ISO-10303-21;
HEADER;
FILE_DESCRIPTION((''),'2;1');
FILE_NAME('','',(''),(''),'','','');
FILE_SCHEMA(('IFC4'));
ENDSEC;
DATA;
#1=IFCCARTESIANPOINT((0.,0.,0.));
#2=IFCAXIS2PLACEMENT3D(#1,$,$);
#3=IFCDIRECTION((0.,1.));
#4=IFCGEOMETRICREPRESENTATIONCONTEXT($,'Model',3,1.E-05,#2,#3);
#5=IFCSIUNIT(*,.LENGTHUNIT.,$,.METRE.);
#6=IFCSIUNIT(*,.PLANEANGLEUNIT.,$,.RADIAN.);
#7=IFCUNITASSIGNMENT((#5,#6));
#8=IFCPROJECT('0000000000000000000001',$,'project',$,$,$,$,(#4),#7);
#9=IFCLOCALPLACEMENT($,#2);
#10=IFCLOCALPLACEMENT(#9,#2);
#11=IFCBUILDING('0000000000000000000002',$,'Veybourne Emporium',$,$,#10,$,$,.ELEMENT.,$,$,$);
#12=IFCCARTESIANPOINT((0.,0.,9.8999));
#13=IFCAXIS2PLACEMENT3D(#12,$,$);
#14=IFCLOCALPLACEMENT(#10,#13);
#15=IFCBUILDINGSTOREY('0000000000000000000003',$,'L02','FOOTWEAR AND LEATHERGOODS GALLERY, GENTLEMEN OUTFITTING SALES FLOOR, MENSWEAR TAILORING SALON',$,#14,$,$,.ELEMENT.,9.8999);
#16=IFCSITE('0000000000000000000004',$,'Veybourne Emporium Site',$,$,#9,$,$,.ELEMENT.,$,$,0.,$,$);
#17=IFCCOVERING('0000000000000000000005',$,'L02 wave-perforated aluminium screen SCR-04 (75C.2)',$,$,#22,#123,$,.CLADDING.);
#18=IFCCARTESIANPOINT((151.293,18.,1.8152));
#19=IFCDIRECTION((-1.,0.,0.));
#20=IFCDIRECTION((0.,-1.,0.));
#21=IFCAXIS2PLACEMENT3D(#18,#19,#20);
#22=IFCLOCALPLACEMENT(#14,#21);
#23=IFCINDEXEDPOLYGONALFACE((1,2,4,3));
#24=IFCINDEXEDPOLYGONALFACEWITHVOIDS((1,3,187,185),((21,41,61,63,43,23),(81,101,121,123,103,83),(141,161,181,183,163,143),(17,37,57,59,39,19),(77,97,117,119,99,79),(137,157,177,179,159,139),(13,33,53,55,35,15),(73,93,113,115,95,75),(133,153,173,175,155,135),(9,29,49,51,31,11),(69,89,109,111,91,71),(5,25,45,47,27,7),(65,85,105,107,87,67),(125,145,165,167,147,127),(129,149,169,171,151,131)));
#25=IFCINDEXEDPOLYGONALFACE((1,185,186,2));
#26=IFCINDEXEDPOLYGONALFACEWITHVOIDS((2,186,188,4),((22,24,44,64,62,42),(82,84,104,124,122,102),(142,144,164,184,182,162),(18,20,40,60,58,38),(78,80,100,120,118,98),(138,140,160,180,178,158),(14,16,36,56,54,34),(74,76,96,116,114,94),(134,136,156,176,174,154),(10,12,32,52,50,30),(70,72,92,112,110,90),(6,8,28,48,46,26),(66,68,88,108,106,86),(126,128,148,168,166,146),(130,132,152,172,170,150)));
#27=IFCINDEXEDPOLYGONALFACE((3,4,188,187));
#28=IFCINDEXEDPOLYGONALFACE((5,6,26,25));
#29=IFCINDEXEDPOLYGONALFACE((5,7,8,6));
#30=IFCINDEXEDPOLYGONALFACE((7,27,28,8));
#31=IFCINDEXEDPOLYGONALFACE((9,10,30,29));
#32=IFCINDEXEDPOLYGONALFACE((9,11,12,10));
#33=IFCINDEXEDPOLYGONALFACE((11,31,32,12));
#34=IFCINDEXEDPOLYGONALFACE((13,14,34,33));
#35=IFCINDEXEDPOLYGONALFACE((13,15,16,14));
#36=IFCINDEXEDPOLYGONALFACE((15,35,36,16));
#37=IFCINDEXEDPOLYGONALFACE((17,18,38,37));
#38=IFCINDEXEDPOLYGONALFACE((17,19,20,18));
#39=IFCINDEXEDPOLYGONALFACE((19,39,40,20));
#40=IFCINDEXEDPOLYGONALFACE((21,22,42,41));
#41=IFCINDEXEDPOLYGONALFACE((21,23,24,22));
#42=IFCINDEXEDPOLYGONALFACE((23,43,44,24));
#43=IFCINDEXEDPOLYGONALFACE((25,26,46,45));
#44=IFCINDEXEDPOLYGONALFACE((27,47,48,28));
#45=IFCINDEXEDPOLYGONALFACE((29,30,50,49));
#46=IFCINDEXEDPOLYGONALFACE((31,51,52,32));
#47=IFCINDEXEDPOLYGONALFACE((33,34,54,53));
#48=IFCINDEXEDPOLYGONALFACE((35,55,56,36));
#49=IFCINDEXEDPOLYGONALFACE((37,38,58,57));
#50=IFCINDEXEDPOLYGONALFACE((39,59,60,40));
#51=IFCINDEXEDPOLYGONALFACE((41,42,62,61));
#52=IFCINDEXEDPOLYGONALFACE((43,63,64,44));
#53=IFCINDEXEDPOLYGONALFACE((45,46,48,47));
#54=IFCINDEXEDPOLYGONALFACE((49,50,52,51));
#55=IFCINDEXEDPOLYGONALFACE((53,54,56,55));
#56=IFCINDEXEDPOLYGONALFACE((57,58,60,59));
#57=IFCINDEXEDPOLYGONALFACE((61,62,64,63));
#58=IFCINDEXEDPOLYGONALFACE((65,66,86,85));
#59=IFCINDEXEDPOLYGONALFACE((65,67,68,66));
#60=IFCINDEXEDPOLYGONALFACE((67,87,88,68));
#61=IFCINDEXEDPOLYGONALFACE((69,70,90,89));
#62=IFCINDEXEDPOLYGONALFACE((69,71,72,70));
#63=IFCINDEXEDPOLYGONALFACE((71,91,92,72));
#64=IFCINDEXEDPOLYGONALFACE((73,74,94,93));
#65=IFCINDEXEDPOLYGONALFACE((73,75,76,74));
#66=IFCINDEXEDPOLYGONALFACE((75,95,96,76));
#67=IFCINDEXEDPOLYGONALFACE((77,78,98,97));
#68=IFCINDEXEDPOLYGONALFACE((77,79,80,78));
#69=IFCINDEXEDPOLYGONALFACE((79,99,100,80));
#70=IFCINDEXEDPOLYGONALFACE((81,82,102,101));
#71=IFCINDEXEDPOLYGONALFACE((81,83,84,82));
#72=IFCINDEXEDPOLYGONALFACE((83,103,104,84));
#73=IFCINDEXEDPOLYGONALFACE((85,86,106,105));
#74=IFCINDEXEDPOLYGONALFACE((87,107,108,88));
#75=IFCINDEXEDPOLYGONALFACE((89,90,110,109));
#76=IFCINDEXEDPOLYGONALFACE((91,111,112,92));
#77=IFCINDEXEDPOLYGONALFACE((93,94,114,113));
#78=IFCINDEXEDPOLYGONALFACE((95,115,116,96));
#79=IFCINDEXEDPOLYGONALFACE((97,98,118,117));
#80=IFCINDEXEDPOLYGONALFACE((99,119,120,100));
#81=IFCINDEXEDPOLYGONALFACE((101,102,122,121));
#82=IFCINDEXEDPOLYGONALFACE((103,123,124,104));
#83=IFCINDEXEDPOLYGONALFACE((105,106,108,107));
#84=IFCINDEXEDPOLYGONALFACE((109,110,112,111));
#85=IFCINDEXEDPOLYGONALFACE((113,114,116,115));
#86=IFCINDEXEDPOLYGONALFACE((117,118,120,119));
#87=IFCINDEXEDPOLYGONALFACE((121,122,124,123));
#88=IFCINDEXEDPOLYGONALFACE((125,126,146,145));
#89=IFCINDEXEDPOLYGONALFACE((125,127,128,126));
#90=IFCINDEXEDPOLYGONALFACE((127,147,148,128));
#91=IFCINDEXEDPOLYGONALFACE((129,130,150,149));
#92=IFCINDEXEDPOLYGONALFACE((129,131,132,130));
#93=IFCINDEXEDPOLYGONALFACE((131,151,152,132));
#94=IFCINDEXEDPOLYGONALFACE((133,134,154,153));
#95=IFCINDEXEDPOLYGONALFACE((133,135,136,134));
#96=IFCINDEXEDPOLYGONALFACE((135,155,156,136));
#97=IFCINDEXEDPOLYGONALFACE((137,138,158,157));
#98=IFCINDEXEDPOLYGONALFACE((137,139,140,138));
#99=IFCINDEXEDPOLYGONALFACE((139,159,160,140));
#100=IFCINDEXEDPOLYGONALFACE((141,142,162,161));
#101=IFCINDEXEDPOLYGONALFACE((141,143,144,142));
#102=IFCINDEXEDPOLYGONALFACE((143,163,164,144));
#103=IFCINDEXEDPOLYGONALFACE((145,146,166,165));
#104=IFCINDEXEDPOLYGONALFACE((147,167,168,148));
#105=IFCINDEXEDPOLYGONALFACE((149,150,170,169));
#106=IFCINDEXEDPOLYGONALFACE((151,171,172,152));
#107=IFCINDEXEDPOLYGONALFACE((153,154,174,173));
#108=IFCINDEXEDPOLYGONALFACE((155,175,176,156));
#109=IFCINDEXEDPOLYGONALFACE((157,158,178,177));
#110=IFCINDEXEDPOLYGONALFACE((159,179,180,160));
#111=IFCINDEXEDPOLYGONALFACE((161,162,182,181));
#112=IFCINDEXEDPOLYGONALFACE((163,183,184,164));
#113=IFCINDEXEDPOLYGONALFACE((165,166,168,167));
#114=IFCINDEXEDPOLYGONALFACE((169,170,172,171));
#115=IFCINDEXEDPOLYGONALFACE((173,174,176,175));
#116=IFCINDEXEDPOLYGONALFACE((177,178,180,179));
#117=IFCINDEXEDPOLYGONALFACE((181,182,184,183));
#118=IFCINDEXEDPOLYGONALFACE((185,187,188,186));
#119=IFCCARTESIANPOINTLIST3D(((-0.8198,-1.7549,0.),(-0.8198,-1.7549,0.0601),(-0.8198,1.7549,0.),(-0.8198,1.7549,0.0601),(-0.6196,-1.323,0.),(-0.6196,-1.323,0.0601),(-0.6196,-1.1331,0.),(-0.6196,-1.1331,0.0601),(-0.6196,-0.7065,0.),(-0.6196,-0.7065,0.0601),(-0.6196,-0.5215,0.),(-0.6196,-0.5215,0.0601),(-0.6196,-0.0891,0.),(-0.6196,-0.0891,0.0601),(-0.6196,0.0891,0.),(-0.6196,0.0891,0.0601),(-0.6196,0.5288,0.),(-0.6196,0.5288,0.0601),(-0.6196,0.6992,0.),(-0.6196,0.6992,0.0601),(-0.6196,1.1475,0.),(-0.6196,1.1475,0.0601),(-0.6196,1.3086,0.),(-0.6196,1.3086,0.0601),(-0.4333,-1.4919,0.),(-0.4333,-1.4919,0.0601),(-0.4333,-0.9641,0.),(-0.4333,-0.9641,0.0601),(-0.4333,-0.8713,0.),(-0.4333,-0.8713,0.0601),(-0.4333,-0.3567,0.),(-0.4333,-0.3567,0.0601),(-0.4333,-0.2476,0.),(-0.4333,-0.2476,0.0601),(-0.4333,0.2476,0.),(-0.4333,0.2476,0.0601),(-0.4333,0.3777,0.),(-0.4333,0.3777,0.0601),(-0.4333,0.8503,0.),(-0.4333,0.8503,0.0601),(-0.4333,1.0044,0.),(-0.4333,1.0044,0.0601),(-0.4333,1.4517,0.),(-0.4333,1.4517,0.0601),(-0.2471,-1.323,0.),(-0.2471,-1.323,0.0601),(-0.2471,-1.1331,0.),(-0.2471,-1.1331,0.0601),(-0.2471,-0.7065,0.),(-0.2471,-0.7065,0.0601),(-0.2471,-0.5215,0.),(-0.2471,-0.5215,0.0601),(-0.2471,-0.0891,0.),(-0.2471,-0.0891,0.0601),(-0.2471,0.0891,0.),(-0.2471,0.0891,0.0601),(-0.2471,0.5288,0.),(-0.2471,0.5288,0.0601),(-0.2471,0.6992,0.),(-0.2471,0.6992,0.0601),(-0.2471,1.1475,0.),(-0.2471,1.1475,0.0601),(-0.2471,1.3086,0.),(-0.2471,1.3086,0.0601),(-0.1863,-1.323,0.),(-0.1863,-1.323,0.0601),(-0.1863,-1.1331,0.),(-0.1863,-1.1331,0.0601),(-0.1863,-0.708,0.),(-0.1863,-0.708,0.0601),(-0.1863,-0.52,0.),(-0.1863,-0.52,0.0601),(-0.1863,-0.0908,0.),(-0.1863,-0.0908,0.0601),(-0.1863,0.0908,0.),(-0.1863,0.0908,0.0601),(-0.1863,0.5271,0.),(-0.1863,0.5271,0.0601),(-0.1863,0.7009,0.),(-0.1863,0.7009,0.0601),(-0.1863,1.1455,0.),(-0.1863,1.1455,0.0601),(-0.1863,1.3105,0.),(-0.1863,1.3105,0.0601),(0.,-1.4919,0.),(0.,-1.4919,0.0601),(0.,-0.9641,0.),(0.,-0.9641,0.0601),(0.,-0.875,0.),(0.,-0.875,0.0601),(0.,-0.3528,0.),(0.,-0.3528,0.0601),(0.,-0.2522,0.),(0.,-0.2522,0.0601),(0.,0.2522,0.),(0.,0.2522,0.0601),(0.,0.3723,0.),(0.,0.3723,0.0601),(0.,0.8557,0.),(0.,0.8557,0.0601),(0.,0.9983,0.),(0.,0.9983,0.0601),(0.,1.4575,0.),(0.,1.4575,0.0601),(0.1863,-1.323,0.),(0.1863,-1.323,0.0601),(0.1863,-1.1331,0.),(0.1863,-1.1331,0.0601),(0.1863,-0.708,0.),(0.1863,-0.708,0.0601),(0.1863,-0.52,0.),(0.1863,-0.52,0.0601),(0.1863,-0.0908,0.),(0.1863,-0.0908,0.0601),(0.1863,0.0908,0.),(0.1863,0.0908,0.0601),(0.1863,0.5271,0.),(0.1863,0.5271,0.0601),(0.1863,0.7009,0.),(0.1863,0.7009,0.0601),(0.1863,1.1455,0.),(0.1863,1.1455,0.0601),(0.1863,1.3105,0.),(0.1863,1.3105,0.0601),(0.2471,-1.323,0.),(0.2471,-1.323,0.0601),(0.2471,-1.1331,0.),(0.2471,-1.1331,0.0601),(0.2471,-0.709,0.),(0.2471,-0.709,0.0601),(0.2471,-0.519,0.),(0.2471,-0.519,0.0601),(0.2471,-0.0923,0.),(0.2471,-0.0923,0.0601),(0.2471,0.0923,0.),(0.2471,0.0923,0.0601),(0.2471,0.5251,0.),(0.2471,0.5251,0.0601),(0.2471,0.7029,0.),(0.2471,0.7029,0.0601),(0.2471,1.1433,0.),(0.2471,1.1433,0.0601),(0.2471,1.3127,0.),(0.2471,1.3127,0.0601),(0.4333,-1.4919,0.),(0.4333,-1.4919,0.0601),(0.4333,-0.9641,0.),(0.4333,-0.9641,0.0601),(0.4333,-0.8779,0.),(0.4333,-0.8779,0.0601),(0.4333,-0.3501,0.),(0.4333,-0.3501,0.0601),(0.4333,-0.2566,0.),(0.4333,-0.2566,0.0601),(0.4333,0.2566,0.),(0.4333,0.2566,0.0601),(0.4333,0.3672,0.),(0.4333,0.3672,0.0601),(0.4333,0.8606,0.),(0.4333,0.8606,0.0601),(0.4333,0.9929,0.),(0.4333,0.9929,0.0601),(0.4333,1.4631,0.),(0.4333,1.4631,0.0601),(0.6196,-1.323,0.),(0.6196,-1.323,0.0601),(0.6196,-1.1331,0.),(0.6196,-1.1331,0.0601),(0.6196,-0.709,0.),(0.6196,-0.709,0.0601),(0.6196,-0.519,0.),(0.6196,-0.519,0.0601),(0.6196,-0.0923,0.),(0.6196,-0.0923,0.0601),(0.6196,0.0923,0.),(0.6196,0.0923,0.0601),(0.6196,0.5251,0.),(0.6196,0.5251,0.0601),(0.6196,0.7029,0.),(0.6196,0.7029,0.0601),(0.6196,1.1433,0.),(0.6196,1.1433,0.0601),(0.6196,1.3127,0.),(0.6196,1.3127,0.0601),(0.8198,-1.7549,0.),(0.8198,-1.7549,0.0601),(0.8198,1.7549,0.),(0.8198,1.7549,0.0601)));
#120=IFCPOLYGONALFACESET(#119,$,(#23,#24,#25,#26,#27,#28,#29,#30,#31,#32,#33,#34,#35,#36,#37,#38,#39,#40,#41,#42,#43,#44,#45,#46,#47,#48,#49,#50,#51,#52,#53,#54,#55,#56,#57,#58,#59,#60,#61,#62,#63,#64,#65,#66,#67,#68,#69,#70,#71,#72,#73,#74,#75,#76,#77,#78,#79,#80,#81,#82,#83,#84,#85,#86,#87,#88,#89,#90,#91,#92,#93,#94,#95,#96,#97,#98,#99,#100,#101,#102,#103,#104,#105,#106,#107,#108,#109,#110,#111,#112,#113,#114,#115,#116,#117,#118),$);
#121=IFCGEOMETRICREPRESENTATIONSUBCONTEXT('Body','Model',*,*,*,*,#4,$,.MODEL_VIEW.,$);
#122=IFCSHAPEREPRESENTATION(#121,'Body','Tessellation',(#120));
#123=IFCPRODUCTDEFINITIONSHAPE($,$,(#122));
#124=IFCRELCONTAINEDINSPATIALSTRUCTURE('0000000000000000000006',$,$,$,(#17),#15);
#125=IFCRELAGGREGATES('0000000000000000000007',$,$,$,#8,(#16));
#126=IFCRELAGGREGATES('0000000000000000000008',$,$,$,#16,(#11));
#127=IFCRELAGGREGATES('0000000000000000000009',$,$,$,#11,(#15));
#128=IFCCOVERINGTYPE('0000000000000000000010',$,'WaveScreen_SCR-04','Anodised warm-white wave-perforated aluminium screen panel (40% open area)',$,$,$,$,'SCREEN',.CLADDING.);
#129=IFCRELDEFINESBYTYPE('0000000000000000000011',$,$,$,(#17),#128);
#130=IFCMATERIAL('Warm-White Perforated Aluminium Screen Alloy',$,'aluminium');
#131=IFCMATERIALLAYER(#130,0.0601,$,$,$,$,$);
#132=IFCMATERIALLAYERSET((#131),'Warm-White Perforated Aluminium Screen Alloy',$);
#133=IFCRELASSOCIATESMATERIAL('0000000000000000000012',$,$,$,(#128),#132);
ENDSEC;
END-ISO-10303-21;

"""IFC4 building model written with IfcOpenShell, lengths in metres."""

from ifc_helpers import new_model, si_unit, direction, frame, origin, place, context, subcontext, project, spatial, polyline, outline, extrude, material, layer, layer_set, type_object, element, save


model = new_model("IFC4")

# Units and contexts
model_context = context("Model", 3, precision=1e-05, world=origin(), true_north=direction((0.0, 1.0)))
body_context = subcontext(model_context, "Body", "Model", "MODEL_VIEW")
ifc_project = project(units=[si_unit("LENGTHUNIT", "METRE"), si_unit("PLANEANGLEUNIT", "RADIAN")], contexts=[model_context])

# Site, building, storey
site_placement = place(None, origin())
site = spatial("IfcSite", under=ifc_project, at=site_placement, Name="Veybourne Emporium Site", CompositionType="ELEMENT", RefElevation=0.0)
building_placement = place(site_placement, origin())
building = spatial("IfcBuilding", under=site, at=building_placement, Name="Veybourne Emporium", CompositionType="ELEMENT")
storey_placement = place(building_placement, frame((0.0, 0.0, 9.8999)))
storey = spatial("IfcBuildingStorey", under=building, at=storey_placement, Name="L02", Description="FOOTWEAR AND LEATHERGOODS GALLERY, GENTLEMEN OUTFITTING SALES FLOOR, MENSWEAR TAILORING SALON", CompositionType="ELEMENT", Elevation=9.8999)

# Covering
ifc_material_1 = material(Name="Warm-White Perforated Aluminium Screen Alloy", Category="aluminium")
ifc_layer_1 = layer(ifc_material_1, 0.0601)
ifc_layer_set_1 = layer_set([ifc_layer_1], Name="Warm-White Perforated Aluminium Screen Alloy")
covering_type_1 = type_object("IfcCoveringType", Name="WaveScreen_SCR-04", Description="Anodised warm-white wave-perforated aluminium screen panel (40% open area)", ElementType="SCREEN", PredefinedType="CLADDING", material=ifc_layer_set_1)
covering_1_placement = place(storey_placement, frame((151.293, 18.0, 1.8152), z_axis=(-1.0, 0.0, 0.0), x_axis=(0.0, -1.0, 0.0)))
element("IfcCovering", 1, at=covering_1_placement, inside=storey, type_object=covering_type_1, Name="L02 wave-perforated aluminium screen SCR-04 (75C.2)", PredefinedType="CLADDING", context=body_context, shape_type="SweptSolid", body=[
    extrude(outline(polyline([(-0.8198, -1.7549), (0.8198, -1.7549), (0.8198, 1.7549), (-0.8198, 1.7549), (-0.8198, -1.7549)]), holes=[polyline([(-0.4333, -0.9641), (-0.2471, -1.1331), (-0.2471, -1.323), (-0.4333, -1.4919), (-0.6196, -1.323), (-0.6196, -1.1331), (-0.4333, -0.9641)]), polyline([(-0.4333, -0.3567), (-0.2471, -0.5215), (-0.2471, -0.7065), (-0.4333, -0.8713), (-0.6196, -0.7065), (-0.6196, -0.5215), (-0.4333, -0.3567)]), polyline([(-0.4333, 0.2476), (-0.2471, 0.0891), (-0.2471, -0.0891), (-0.4333, -0.2476), (-0.6196, -0.0891), (-0.6196, 0.0891), (-0.4333, 0.2476)]), polyline([(-0.4333, 0.8503), (-0.2471, 0.6992), (-0.2471, 0.5288), (-0.4333, 0.3777), (-0.6196, 0.5288), (-0.6196, 0.6992), (-0.4333, 0.8503)]), polyline([(-0.4333, 1.4517), (-0.2471, 1.3086), (-0.2471, 1.1475), (-0.4333, 1.0044), (-0.6196, 1.1475), (-0.6196, 1.3086), (-0.4333, 1.4517)]), polyline([(0.0, -0.9641), (0.1863, -1.1331), (0.1863, -1.323), (0.0, -1.4919), (-0.1863, -1.323), (-0.1863, -1.1331), (0.0, -0.9641)]), polyline([(0.0, -0.3528), (0.1863, -0.52), (0.1863, -0.708), (0.0, -0.875), (-0.1863, -0.708), (-0.1863, -0.52), (0.0, -0.3528)]), polyline([(0.0, 0.2522), (0.1863, 0.0908), (0.1863, -0.0908), (0.0, -0.2522), (-0.1863, -0.0908), (-0.1863, 0.0908), (0.0, 0.2522)]), polyline([(0.0, 0.8557), (0.1863, 0.7009), (0.1863, 0.5271), (0.0, 0.3723), (-0.1863, 0.5271), (-0.1863, 0.7009), (0.0, 0.8557)]), polyline([(0.0, 1.4575), (0.1863, 1.3105), (0.1863, 1.1455), (0.0, 0.9983), (-0.1863, 1.1455), (-0.1863, 1.3105), (0.0, 1.4575)]), polyline([(0.4333, -0.9641), (0.6196, -1.1331), (0.6196, -1.323), (0.4333, -1.4919), (0.2471, -1.323), (0.2471, -1.1331), (0.4333, -0.9641)]), polyline([(0.4333, -0.3501), (0.6196, -0.519), (0.6196, -0.709), (0.4333, -0.8779), (0.2471, -0.709), (0.2471, -0.519), (0.4333, -0.3501)]), polyline([(0.4333, 0.2566), (0.6196, 0.0923), (0.6196, -0.0923), (0.4333, -0.2566), (0.2471, -0.0923), (0.2471, 0.0923), (0.4333, 0.2566)]), polyline([(0.4333, 0.8606), (0.6196, 0.7029), (0.6196, 0.5251), (0.4333, 0.3672), (0.2471, 0.5251), (0.2471, 0.7029), (0.4333, 0.8606)]), polyline([(0.4333, 1.4631), (0.6196, 1.3127), (0.6196, 1.1433), (0.4333, 0.9929), (0.2471, 1.1433), (0.2471, 1.3127), (0.4333, 1.4631)])]), origin(), (0.0, 0.0, 1.0), 0.0601),
])

save(model, "model.ifc")
